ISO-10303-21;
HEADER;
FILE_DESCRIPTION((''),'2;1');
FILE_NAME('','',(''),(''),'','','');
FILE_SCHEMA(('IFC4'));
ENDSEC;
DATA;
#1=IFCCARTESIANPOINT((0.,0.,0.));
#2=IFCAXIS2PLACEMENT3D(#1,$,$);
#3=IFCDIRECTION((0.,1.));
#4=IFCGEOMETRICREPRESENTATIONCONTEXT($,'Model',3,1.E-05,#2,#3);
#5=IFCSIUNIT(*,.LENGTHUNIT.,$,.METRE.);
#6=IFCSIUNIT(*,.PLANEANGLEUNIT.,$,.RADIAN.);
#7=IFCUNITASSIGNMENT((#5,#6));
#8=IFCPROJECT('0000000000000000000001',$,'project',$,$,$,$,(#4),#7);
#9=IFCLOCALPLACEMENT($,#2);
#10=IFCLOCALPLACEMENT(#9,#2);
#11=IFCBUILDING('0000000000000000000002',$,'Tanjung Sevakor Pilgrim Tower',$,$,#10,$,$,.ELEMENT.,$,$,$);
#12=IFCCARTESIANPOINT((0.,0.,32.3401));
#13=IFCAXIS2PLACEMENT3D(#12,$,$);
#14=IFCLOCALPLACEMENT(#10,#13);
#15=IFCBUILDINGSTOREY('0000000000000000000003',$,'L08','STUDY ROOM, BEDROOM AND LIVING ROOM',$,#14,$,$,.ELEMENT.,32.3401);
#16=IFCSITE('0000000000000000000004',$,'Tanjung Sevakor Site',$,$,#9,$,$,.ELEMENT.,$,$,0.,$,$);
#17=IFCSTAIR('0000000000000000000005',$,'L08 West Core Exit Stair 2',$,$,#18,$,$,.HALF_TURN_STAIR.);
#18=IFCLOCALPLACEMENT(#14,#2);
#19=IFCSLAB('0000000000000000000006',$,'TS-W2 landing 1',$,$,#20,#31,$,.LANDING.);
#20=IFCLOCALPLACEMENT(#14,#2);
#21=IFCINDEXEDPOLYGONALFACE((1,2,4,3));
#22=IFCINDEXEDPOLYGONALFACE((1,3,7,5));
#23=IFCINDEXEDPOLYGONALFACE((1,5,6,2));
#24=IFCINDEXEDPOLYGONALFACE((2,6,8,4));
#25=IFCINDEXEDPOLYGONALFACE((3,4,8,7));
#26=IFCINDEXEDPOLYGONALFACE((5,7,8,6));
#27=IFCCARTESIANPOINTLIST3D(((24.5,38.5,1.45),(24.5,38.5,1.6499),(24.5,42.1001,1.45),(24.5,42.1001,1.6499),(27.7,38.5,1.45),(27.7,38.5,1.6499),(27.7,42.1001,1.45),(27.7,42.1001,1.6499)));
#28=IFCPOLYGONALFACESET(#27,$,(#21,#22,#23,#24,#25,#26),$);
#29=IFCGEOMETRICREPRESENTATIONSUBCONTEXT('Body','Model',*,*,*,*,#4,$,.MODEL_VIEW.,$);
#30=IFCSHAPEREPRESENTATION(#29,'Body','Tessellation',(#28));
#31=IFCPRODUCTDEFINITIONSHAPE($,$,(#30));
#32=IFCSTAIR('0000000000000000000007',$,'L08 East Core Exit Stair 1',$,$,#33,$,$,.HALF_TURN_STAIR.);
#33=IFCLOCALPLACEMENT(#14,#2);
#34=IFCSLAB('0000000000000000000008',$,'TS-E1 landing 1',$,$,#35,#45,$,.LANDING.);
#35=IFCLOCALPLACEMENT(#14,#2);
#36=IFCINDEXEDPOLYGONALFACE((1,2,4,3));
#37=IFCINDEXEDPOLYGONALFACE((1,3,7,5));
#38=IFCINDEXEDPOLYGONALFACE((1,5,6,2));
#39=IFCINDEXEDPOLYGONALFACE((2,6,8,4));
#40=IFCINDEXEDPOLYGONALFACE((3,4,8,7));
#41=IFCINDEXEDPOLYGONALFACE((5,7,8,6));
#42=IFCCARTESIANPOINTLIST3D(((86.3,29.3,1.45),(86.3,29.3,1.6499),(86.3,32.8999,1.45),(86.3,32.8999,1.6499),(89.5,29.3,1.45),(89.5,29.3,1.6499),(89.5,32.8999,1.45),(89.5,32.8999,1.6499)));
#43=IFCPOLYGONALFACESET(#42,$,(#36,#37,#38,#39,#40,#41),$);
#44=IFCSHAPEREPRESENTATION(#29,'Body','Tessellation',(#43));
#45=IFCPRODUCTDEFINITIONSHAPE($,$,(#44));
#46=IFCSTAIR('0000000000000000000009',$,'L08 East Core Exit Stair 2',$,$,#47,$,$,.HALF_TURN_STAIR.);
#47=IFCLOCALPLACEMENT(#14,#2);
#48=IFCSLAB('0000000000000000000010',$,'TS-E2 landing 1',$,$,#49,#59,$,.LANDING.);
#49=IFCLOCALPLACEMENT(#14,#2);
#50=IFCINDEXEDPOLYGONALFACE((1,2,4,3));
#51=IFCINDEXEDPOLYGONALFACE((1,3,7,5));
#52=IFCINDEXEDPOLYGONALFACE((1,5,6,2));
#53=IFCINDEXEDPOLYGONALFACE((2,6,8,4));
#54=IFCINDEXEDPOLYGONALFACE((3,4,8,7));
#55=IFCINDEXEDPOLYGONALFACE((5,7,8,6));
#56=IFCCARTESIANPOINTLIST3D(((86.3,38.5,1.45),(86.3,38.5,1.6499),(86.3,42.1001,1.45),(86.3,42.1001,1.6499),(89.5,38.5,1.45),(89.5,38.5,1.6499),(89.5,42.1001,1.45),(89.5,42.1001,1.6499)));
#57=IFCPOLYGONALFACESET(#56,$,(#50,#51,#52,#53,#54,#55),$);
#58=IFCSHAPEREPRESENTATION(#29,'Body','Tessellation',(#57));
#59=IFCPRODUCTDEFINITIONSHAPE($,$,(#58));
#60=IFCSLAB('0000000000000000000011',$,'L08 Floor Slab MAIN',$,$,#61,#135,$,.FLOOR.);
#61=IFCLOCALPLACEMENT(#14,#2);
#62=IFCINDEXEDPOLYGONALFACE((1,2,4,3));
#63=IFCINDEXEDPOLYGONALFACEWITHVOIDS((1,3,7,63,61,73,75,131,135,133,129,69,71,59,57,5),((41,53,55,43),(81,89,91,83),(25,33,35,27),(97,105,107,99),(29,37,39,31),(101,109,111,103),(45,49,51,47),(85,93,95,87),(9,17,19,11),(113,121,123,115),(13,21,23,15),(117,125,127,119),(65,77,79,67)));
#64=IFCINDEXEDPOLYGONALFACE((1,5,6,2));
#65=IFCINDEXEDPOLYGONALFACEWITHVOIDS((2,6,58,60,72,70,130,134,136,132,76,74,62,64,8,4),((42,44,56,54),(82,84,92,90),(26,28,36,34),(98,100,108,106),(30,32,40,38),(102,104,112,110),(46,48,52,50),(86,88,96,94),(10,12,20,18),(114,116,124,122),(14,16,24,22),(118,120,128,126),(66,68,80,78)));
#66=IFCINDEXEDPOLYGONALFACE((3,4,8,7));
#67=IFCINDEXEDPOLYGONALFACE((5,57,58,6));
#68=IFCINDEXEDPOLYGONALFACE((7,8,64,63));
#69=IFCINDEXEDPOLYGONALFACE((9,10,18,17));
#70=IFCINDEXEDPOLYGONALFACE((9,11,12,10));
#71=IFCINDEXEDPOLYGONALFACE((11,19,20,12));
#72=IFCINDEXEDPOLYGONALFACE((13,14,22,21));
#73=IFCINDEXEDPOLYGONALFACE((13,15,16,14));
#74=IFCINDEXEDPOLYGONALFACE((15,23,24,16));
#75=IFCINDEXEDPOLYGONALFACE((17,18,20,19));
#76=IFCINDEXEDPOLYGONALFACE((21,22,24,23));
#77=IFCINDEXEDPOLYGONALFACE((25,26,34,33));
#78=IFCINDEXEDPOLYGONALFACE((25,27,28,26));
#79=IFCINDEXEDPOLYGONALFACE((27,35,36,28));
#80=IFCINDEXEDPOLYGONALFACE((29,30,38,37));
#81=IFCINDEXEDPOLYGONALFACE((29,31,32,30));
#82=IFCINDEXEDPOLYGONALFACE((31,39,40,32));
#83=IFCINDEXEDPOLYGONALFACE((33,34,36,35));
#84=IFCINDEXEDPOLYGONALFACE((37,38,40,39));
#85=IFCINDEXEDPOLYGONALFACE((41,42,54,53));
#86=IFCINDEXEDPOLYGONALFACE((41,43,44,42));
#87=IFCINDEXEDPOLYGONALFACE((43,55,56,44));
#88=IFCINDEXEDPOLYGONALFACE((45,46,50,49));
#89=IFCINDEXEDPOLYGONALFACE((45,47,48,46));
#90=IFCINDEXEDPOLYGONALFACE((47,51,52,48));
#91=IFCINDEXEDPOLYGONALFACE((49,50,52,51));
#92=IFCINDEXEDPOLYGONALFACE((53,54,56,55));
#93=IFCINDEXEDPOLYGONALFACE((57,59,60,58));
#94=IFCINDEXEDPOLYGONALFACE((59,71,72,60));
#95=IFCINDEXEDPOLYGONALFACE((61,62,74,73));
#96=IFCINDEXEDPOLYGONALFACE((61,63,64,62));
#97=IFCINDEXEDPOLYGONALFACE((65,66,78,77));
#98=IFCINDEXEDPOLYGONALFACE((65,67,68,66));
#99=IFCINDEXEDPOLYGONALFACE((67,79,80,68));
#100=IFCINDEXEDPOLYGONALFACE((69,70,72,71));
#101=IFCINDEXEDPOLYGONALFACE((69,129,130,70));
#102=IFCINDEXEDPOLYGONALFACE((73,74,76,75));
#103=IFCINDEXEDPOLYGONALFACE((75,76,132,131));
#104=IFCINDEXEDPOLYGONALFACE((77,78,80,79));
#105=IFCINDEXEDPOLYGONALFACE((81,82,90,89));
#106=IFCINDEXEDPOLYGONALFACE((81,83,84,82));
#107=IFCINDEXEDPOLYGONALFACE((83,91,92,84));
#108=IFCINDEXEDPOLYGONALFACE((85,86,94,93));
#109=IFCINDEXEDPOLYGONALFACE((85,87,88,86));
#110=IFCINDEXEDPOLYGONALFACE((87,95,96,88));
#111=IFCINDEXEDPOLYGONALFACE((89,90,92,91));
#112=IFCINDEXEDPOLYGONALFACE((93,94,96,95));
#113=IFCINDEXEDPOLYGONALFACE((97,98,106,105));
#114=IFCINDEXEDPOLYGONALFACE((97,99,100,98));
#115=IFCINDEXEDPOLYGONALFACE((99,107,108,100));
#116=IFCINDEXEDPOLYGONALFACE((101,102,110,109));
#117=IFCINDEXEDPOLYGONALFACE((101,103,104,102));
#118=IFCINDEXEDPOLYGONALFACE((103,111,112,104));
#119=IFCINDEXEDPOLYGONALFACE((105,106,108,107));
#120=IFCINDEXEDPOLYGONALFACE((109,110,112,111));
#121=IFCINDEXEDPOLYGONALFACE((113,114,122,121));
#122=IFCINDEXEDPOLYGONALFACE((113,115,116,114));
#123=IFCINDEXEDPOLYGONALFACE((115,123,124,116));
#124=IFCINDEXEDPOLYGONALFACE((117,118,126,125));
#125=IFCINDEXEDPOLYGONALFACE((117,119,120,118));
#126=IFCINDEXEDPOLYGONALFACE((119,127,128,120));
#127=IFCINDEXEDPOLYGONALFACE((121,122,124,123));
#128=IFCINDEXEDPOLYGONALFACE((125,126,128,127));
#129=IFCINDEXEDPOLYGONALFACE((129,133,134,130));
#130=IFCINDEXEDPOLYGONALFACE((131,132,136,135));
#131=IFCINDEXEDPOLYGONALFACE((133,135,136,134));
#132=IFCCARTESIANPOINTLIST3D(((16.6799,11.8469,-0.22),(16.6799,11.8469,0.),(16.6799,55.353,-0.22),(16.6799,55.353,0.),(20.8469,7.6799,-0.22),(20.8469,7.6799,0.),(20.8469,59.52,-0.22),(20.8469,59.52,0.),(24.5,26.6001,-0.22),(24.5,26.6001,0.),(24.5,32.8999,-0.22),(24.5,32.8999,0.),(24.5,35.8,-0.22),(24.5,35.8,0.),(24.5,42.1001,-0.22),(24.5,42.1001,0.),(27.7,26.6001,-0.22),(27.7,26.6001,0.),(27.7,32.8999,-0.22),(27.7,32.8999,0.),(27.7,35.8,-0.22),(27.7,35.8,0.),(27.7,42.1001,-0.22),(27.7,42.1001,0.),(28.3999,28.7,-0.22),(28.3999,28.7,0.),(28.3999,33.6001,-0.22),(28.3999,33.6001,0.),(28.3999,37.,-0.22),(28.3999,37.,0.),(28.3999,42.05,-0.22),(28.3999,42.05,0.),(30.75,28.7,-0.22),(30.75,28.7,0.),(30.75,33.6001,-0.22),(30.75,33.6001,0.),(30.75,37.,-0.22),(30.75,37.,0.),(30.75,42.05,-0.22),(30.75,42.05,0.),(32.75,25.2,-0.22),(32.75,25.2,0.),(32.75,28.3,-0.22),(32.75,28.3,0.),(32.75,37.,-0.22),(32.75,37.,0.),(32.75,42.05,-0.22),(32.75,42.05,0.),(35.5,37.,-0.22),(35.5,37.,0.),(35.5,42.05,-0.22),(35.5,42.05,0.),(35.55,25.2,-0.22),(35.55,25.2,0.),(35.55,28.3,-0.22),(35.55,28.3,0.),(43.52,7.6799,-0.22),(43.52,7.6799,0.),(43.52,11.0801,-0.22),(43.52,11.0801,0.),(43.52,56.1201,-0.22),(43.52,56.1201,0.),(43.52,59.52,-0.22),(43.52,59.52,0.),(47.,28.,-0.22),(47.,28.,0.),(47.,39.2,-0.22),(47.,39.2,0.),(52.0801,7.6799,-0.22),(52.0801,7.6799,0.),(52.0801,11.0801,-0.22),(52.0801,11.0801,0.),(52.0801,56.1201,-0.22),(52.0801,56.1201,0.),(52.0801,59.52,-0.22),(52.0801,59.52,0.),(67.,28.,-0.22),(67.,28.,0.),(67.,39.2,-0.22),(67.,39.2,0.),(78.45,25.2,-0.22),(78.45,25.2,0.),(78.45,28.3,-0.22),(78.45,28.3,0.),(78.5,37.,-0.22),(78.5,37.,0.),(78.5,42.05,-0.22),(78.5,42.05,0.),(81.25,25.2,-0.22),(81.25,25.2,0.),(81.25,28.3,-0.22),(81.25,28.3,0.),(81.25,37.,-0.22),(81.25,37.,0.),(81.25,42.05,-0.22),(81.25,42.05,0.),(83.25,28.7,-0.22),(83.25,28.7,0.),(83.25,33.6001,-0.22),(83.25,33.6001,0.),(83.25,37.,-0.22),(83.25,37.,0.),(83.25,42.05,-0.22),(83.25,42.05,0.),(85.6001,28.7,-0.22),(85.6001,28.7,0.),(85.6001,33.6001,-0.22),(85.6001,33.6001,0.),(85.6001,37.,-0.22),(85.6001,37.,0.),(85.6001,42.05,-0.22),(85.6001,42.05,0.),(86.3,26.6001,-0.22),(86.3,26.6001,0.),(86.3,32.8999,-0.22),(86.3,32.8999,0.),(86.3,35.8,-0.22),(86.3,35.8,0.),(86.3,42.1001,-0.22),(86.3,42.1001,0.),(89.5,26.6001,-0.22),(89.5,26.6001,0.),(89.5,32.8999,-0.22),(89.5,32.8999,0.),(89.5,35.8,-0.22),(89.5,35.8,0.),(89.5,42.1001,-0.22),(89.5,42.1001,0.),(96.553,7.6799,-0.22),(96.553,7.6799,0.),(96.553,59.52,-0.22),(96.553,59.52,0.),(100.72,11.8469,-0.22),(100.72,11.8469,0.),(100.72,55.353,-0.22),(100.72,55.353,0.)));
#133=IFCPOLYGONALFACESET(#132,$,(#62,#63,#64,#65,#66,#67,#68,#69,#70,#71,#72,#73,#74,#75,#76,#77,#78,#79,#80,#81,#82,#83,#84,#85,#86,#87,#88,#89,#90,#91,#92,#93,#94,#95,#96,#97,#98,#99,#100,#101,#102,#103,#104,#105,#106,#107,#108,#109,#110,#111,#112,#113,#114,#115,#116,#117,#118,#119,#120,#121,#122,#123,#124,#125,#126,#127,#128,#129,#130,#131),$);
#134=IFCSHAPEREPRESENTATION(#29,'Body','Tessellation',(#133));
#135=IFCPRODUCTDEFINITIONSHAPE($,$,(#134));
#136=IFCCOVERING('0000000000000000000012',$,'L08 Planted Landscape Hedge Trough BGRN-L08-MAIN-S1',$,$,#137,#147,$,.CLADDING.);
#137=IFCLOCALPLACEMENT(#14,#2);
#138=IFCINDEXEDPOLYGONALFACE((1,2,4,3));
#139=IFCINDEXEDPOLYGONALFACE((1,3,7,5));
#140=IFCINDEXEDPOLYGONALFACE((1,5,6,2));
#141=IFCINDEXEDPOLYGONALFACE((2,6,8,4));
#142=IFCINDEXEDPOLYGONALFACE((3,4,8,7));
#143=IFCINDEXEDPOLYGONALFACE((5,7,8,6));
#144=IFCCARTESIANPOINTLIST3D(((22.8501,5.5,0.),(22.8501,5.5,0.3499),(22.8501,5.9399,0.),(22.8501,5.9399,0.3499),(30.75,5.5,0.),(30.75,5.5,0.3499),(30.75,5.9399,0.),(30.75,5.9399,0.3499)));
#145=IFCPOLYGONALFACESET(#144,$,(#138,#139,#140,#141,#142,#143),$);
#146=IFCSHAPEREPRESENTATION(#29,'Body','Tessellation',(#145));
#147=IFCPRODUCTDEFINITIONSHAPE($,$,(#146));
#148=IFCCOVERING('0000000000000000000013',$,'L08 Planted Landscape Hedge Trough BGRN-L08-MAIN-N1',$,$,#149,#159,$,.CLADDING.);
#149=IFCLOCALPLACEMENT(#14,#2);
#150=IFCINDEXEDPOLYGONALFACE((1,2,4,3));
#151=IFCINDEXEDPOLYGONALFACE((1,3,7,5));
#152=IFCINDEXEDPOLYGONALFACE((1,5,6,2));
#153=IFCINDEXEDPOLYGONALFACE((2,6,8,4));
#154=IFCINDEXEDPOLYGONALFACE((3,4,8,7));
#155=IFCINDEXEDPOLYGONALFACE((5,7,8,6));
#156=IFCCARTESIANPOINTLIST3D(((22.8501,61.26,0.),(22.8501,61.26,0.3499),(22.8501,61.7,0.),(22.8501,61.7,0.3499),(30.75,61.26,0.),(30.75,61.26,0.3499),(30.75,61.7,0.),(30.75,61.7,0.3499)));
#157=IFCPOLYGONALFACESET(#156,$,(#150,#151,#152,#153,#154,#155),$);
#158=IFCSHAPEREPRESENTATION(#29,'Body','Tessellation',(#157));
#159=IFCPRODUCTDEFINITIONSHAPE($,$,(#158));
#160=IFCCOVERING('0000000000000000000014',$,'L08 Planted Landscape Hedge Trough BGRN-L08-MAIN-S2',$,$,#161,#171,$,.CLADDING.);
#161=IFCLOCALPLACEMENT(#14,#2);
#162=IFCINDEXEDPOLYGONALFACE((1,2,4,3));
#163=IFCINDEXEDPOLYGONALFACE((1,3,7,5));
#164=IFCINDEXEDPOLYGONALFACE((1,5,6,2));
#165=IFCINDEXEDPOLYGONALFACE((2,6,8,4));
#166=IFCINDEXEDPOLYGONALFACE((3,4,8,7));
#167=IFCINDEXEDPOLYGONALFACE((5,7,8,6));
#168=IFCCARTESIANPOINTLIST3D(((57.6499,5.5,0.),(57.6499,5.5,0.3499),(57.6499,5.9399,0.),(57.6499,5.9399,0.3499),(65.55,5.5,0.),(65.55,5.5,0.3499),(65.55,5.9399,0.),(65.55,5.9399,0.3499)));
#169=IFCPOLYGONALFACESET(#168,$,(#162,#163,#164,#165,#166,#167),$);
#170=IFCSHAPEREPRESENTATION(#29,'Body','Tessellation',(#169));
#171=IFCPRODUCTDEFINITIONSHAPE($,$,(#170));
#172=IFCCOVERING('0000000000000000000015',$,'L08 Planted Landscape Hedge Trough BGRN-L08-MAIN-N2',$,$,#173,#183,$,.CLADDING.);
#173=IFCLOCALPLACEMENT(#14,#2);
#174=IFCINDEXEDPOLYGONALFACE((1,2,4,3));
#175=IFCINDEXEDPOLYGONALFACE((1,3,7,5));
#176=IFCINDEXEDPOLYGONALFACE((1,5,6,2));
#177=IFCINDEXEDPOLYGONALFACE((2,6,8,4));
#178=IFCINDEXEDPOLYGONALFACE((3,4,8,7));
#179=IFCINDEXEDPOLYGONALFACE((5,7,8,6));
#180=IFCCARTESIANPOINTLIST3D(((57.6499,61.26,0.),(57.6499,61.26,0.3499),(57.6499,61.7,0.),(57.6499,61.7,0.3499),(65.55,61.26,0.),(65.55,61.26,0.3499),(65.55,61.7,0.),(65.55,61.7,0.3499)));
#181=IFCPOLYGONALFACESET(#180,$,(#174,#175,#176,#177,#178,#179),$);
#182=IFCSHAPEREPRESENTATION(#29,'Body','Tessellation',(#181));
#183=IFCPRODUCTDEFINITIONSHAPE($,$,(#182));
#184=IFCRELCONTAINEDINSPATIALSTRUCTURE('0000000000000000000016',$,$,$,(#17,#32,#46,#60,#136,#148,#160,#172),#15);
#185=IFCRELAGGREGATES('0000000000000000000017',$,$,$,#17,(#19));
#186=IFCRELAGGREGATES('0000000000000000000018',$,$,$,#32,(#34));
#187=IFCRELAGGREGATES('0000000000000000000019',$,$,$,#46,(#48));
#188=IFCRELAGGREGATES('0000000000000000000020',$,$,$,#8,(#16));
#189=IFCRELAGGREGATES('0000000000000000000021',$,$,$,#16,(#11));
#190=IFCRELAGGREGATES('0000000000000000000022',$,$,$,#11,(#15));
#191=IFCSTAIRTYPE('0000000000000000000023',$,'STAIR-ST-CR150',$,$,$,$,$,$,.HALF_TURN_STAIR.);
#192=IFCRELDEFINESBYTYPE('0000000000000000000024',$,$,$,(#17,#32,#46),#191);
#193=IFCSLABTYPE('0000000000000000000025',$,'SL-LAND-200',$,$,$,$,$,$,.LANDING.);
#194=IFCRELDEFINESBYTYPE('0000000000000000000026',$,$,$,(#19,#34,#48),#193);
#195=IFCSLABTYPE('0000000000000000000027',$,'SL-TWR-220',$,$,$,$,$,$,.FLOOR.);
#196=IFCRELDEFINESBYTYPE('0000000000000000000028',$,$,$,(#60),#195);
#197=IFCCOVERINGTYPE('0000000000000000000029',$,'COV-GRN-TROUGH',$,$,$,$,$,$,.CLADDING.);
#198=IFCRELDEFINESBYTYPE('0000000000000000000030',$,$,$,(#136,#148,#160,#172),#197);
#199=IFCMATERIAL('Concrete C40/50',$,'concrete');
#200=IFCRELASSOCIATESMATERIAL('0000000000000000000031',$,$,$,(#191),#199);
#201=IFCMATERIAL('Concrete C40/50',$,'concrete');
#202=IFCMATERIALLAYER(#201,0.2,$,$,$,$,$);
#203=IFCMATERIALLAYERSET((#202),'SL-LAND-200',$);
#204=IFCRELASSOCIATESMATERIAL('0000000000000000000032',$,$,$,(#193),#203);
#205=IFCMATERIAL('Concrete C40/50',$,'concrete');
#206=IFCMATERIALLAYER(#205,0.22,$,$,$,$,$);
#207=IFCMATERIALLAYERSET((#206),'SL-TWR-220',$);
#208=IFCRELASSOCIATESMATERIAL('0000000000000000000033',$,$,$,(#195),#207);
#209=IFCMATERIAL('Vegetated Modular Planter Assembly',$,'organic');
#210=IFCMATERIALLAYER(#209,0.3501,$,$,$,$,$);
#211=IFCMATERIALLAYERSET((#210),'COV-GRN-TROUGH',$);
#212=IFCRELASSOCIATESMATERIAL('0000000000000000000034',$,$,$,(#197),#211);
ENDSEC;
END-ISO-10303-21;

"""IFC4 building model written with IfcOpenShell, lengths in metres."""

from ifc_helpers import new_model, si_unit, direction, frame, origin, place, context, subcontext, project, spatial, polyline, outline, extrude, material, layer, layer_set, type_object, element, aggregate, save


model = new_model("IFC4")

# Units and contexts
model_context = context("Model", 3, precision=1e-05, world=origin(), true_north=direction((0.0, 1.0)))
body_context = subcontext(model_context, "Body", "Model", "MODEL_VIEW")
ifc_project = project(units=[si_unit("LENGTHUNIT", "METRE"), si_unit("PLANEANGLEUNIT", "RADIAN")], contexts=[model_context])

# Site, building, storey
site_placement = place(None, origin())
site = spatial("IfcSite", under=ifc_project, at=site_placement, Name="Tanjung Sevakor Site", CompositionType="ELEMENT", RefElevation=0.0)
building_placement = place(site_placement, origin())
building = spatial("IfcBuilding", under=site, at=building_placement, Name="Tanjung Sevakor Pilgrim Tower", CompositionType="ELEMENT")
storey_placement = place(building_placement, frame((0.0, 0.0, 32.3401)))
storey = spatial("IfcBuildingStorey", under=building, at=storey_placement, Name="L08", Description="STUDY ROOM, BEDROOM AND LIVING ROOM", CompositionType="ELEMENT", Elevation=32.3401)

# Stairs, slabs
ifc_material_1 = material(Name="Concrete C40/50", Category="concrete")
stair_type = type_object("IfcStairType", Name="STAIR-ST-CR150", PredefinedType="HALF_TURN_STAIR", material=ifc_material_1)
ifc_material_2 = material(Name="Concrete C40/50", Category="concrete")
ifc_layer_1 = layer(ifc_material_2, 0.2)
ifc_layer_set_1 = layer_set([ifc_layer_1], Name="SL-LAND-200")
slab_type_1 = type_object("IfcSlabType", Name="SL-LAND-200", PredefinedType="LANDING", material=ifc_layer_set_1)
stair_1_placement = place(storey_placement, origin())
stair_1 = element("IfcStair", 1, at=stair_1_placement, inside=storey, type_object=stair_type, Name="L08 West Core Exit Stair 2", PredefinedType="HALF_TURN_STAIR")
slab_1_placement = place(storey_placement, frame((0.0, 0.0, 1.45)))
slab_1 = element("IfcSlab", 2, at=slab_1_placement, type_object=slab_type_1, Name="TS-W2 landing 1", PredefinedType="LANDING", context=body_context, shape_type="SweptSolid", body=[
    extrude(outline(polyline([(27.7, 38.5), (27.7, 42.1001), (24.5, 42.1001), (24.5, 38.5), (27.7, 38.5)])), origin(), (0.0, 0.0, 1.0), 0.2),
])
aggregate(stair_1, [slab_1])
stair_2_placement = place(storey_placement, origin())
stair_2 = element("IfcStair", 3, at=stair_2_placement, inside=storey, type_object=stair_type, Name="L08 East Core Exit Stair 1", PredefinedType="HALF_TURN_STAIR")
slab_2_placement = place(storey_placement, frame((0.0, 0.0, 1.45)))
slab_2 = element("IfcSlab", 4, at=slab_2_placement, type_object=slab_type_1, Name="TS-E1 landing 1", PredefinedType="LANDING", context=body_context, shape_type="SweptSolid", body=[
    extrude(outline(polyline([(89.5, 29.3), (89.5, 32.8999), (86.3, 32.8999), (86.3, 29.3), (89.5, 29.3)])), origin(), (0.0, 0.0, 1.0), 0.2),
])
aggregate(stair_2, [slab_2])
stair_3_placement = place(storey_placement, origin())
stair_3 = element("IfcStair", 5, at=stair_3_placement, inside=storey, type_object=stair_type, Name="L08 East Core Exit Stair 2", PredefinedType="HALF_TURN_STAIR")
slab_3_placement = place(storey_placement, frame((0.0, 0.0, 1.45)))
slab_3 = element("IfcSlab", 6, at=slab_3_placement, type_object=slab_type_1, Name="TS-E2 landing 1", PredefinedType="LANDING", context=body_context, shape_type="SweptSolid", body=[
    extrude(outline(polyline([(89.5, 38.5), (89.5, 42.1001), (86.3, 42.1001), (86.3, 38.5), (89.5, 38.5)])), origin(), (0.0, 0.0, 1.0), 0.2),
])
aggregate(stair_3, [slab_3])

# Slab
ifc_material_3 = material(Name="Concrete C40/50", Category="concrete")
ifc_layer_2 = layer(ifc_material_3, 0.22)
ifc_layer_set_2 = layer_set([ifc_layer_2], Name="SL-TWR-220")
slab_type_2 = type_object("IfcSlabType", Name="SL-TWR-220", PredefinedType="FLOOR", material=ifc_layer_set_2)
slab_4_placement = place(storey_placement, frame((0.0, 0.0, -0.22)))
element("IfcSlab", 7, at=slab_4_placement, inside=storey, type_object=slab_type_2, Name="L08 Floor Slab MAIN", PredefinedType="FLOOR", context=body_context, shape_type="SweptSolid", body=[
    extrude(outline(polyline([(20.8469, 7.6799), (43.52, 7.6799), (43.52, 11.0801), (52.0801, 11.0801), (52.0801, 7.6799), (96.553, 7.6799), (100.72, 11.8469), (100.72, 55.353), (96.553, 59.52), (52.0801, 59.52), (52.0801, 56.1201), (43.52, 56.1201), (43.52, 59.52), (20.8469, 59.52), (16.6799, 55.353), (16.6799, 11.8469), (20.8469, 7.6799)]), holes=[polyline([(27.7, 26.6001), (27.7, 32.8999), (24.5, 32.8999), (24.5, 26.6001), (27.7, 26.6001)]), polyline([(27.7, 35.8), (27.7, 42.1001), (24.5, 42.1001), (24.5, 35.8), (27.7, 35.8)]), polyline([(89.5, 26.6001), (89.5, 32.8999), (86.3, 32.8999), (86.3, 26.6001), (89.5, 26.6001)]), polyline([(89.5, 35.8), (89.5, 42.1001), (86.3, 42.1001), (86.3, 35.8), (89.5, 35.8)]), polyline([(32.75, 25.2), (35.55, 25.2), (35.55, 28.3), (32.75, 28.3), (32.75, 25.2)]), polyline([(28.3999, 28.7), (30.75, 28.7), (30.75, 33.6001), (28.3999, 33.6001), (28.3999, 28.7)]), polyline([(28.3999, 37.0), (30.75, 37.0), (30.75, 42.05), (28.3999, 42.05), (28.3999, 37.0)]), polyline([(32.75, 37.0), (35.5, 37.0), (35.5, 42.05), (32.75, 42.05), (32.75, 37.0)]), polyline([(78.45, 25.2), (81.25, 25.2), (81.25, 28.3), (78.45, 28.3), (78.45, 25.2)]), polyline([(83.25, 28.7), (85.6001, 28.7), (85.6001, 33.6001), (83.25, 33.6001), (83.25, 28.7)]), polyline([(83.25, 37.0), (85.6001, 37.0), (85.6001, 42.05), (83.25, 42.05), (83.25, 37.0)]), polyline([(78.5, 37.0), (81.25, 37.0), (81.25, 42.05), (78.5, 42.05), (78.5, 37.0)]), polyline([(47.0, 28.0), (67.0, 28.0), (67.0, 39.2), (47.0, 39.2), (47.0, 28.0)])]), origin(), (0.0, 0.0, 1.0), 0.22),
])

# Coverings
ifc_material_4 = material(Name="Vegetated Modular Planter Assembly", Category="organic")
ifc_layer_3 = layer(ifc_material_4, 0.3501)
ifc_layer_set_3 = layer_set([ifc_layer_3], Name="COV-GRN-TROUGH")
covering_type = type_object("IfcCoveringType", Name="COV-GRN-TROUGH", PredefinedType="CLADDING", material=ifc_layer_set_3)
covering_1_placement = place(storey_placement, origin())
element("IfcCovering", 8, at=covering_1_placement, inside=storey, type_object=covering_type, Name="L08 Planted Landscape Hedge Trough BGRN-L08-MAIN-S1", PredefinedType="CLADDING", context=body_context, shape_type="SweptSolid", body=[
    extrude(outline(polyline([(22.8501, 5.5), (30.75, 5.5), (30.75, 5.9399), (22.8501, 5.9399), (22.8501, 5.5)])), origin(), (0.0, 0.0, 1.0), 0.3499),
])
covering_2_placement = place(storey_placement, origin())
element("IfcCovering", 9, at=covering_2_placement, inside=storey, type_object=covering_type, Name="L08 Planted Landscape Hedge Trough BGRN-L08-MAIN-N1", PredefinedType="CLADDING", context=body_context, shape_type="SweptSolid", body=[
    extrude(outline(polyline([(22.8501, 61.26), (30.75, 61.26), (30.75, 61.7), (22.8501, 61.7), (22.8501, 61.26)])), origin(), (0.0, 0.0, 1.0), 0.3499),
])
covering_3_placement = place(storey_placement, origin())
element("IfcCovering", 10, at=covering_3_placement, inside=storey, type_object=covering_type, Name="L08 Planted Landscape Hedge Trough BGRN-L08-MAIN-S2", PredefinedType="CLADDING", context=body_context, shape_type="SweptSolid", body=[
    extrude(outline(polyline([(57.6499, 5.5), (65.55, 5.5), (65.55, 5.9399), (57.6499, 5.9399), (57.6499, 5.5)])), origin(), (0.0, 0.0, 1.0), 0.3499),
])
covering_4_placement = place(storey_placement, origin())
element("IfcCovering", 11, at=covering_4_placement, inside=storey, type_object=covering_type, Name="L08 Planted Landscape Hedge Trough BGRN-L08-MAIN-N2", PredefinedType="CLADDING", context=body_context, shape_type="SweptSolid", body=[
    extrude(outline(polyline([(57.6499, 61.26), (65.55, 61.26), (65.55, 61.7), (57.6499, 61.7), (57.6499, 61.26)])), origin(), (0.0, 0.0, 1.0), 0.3499),
])

save(model, "model.ifc")
